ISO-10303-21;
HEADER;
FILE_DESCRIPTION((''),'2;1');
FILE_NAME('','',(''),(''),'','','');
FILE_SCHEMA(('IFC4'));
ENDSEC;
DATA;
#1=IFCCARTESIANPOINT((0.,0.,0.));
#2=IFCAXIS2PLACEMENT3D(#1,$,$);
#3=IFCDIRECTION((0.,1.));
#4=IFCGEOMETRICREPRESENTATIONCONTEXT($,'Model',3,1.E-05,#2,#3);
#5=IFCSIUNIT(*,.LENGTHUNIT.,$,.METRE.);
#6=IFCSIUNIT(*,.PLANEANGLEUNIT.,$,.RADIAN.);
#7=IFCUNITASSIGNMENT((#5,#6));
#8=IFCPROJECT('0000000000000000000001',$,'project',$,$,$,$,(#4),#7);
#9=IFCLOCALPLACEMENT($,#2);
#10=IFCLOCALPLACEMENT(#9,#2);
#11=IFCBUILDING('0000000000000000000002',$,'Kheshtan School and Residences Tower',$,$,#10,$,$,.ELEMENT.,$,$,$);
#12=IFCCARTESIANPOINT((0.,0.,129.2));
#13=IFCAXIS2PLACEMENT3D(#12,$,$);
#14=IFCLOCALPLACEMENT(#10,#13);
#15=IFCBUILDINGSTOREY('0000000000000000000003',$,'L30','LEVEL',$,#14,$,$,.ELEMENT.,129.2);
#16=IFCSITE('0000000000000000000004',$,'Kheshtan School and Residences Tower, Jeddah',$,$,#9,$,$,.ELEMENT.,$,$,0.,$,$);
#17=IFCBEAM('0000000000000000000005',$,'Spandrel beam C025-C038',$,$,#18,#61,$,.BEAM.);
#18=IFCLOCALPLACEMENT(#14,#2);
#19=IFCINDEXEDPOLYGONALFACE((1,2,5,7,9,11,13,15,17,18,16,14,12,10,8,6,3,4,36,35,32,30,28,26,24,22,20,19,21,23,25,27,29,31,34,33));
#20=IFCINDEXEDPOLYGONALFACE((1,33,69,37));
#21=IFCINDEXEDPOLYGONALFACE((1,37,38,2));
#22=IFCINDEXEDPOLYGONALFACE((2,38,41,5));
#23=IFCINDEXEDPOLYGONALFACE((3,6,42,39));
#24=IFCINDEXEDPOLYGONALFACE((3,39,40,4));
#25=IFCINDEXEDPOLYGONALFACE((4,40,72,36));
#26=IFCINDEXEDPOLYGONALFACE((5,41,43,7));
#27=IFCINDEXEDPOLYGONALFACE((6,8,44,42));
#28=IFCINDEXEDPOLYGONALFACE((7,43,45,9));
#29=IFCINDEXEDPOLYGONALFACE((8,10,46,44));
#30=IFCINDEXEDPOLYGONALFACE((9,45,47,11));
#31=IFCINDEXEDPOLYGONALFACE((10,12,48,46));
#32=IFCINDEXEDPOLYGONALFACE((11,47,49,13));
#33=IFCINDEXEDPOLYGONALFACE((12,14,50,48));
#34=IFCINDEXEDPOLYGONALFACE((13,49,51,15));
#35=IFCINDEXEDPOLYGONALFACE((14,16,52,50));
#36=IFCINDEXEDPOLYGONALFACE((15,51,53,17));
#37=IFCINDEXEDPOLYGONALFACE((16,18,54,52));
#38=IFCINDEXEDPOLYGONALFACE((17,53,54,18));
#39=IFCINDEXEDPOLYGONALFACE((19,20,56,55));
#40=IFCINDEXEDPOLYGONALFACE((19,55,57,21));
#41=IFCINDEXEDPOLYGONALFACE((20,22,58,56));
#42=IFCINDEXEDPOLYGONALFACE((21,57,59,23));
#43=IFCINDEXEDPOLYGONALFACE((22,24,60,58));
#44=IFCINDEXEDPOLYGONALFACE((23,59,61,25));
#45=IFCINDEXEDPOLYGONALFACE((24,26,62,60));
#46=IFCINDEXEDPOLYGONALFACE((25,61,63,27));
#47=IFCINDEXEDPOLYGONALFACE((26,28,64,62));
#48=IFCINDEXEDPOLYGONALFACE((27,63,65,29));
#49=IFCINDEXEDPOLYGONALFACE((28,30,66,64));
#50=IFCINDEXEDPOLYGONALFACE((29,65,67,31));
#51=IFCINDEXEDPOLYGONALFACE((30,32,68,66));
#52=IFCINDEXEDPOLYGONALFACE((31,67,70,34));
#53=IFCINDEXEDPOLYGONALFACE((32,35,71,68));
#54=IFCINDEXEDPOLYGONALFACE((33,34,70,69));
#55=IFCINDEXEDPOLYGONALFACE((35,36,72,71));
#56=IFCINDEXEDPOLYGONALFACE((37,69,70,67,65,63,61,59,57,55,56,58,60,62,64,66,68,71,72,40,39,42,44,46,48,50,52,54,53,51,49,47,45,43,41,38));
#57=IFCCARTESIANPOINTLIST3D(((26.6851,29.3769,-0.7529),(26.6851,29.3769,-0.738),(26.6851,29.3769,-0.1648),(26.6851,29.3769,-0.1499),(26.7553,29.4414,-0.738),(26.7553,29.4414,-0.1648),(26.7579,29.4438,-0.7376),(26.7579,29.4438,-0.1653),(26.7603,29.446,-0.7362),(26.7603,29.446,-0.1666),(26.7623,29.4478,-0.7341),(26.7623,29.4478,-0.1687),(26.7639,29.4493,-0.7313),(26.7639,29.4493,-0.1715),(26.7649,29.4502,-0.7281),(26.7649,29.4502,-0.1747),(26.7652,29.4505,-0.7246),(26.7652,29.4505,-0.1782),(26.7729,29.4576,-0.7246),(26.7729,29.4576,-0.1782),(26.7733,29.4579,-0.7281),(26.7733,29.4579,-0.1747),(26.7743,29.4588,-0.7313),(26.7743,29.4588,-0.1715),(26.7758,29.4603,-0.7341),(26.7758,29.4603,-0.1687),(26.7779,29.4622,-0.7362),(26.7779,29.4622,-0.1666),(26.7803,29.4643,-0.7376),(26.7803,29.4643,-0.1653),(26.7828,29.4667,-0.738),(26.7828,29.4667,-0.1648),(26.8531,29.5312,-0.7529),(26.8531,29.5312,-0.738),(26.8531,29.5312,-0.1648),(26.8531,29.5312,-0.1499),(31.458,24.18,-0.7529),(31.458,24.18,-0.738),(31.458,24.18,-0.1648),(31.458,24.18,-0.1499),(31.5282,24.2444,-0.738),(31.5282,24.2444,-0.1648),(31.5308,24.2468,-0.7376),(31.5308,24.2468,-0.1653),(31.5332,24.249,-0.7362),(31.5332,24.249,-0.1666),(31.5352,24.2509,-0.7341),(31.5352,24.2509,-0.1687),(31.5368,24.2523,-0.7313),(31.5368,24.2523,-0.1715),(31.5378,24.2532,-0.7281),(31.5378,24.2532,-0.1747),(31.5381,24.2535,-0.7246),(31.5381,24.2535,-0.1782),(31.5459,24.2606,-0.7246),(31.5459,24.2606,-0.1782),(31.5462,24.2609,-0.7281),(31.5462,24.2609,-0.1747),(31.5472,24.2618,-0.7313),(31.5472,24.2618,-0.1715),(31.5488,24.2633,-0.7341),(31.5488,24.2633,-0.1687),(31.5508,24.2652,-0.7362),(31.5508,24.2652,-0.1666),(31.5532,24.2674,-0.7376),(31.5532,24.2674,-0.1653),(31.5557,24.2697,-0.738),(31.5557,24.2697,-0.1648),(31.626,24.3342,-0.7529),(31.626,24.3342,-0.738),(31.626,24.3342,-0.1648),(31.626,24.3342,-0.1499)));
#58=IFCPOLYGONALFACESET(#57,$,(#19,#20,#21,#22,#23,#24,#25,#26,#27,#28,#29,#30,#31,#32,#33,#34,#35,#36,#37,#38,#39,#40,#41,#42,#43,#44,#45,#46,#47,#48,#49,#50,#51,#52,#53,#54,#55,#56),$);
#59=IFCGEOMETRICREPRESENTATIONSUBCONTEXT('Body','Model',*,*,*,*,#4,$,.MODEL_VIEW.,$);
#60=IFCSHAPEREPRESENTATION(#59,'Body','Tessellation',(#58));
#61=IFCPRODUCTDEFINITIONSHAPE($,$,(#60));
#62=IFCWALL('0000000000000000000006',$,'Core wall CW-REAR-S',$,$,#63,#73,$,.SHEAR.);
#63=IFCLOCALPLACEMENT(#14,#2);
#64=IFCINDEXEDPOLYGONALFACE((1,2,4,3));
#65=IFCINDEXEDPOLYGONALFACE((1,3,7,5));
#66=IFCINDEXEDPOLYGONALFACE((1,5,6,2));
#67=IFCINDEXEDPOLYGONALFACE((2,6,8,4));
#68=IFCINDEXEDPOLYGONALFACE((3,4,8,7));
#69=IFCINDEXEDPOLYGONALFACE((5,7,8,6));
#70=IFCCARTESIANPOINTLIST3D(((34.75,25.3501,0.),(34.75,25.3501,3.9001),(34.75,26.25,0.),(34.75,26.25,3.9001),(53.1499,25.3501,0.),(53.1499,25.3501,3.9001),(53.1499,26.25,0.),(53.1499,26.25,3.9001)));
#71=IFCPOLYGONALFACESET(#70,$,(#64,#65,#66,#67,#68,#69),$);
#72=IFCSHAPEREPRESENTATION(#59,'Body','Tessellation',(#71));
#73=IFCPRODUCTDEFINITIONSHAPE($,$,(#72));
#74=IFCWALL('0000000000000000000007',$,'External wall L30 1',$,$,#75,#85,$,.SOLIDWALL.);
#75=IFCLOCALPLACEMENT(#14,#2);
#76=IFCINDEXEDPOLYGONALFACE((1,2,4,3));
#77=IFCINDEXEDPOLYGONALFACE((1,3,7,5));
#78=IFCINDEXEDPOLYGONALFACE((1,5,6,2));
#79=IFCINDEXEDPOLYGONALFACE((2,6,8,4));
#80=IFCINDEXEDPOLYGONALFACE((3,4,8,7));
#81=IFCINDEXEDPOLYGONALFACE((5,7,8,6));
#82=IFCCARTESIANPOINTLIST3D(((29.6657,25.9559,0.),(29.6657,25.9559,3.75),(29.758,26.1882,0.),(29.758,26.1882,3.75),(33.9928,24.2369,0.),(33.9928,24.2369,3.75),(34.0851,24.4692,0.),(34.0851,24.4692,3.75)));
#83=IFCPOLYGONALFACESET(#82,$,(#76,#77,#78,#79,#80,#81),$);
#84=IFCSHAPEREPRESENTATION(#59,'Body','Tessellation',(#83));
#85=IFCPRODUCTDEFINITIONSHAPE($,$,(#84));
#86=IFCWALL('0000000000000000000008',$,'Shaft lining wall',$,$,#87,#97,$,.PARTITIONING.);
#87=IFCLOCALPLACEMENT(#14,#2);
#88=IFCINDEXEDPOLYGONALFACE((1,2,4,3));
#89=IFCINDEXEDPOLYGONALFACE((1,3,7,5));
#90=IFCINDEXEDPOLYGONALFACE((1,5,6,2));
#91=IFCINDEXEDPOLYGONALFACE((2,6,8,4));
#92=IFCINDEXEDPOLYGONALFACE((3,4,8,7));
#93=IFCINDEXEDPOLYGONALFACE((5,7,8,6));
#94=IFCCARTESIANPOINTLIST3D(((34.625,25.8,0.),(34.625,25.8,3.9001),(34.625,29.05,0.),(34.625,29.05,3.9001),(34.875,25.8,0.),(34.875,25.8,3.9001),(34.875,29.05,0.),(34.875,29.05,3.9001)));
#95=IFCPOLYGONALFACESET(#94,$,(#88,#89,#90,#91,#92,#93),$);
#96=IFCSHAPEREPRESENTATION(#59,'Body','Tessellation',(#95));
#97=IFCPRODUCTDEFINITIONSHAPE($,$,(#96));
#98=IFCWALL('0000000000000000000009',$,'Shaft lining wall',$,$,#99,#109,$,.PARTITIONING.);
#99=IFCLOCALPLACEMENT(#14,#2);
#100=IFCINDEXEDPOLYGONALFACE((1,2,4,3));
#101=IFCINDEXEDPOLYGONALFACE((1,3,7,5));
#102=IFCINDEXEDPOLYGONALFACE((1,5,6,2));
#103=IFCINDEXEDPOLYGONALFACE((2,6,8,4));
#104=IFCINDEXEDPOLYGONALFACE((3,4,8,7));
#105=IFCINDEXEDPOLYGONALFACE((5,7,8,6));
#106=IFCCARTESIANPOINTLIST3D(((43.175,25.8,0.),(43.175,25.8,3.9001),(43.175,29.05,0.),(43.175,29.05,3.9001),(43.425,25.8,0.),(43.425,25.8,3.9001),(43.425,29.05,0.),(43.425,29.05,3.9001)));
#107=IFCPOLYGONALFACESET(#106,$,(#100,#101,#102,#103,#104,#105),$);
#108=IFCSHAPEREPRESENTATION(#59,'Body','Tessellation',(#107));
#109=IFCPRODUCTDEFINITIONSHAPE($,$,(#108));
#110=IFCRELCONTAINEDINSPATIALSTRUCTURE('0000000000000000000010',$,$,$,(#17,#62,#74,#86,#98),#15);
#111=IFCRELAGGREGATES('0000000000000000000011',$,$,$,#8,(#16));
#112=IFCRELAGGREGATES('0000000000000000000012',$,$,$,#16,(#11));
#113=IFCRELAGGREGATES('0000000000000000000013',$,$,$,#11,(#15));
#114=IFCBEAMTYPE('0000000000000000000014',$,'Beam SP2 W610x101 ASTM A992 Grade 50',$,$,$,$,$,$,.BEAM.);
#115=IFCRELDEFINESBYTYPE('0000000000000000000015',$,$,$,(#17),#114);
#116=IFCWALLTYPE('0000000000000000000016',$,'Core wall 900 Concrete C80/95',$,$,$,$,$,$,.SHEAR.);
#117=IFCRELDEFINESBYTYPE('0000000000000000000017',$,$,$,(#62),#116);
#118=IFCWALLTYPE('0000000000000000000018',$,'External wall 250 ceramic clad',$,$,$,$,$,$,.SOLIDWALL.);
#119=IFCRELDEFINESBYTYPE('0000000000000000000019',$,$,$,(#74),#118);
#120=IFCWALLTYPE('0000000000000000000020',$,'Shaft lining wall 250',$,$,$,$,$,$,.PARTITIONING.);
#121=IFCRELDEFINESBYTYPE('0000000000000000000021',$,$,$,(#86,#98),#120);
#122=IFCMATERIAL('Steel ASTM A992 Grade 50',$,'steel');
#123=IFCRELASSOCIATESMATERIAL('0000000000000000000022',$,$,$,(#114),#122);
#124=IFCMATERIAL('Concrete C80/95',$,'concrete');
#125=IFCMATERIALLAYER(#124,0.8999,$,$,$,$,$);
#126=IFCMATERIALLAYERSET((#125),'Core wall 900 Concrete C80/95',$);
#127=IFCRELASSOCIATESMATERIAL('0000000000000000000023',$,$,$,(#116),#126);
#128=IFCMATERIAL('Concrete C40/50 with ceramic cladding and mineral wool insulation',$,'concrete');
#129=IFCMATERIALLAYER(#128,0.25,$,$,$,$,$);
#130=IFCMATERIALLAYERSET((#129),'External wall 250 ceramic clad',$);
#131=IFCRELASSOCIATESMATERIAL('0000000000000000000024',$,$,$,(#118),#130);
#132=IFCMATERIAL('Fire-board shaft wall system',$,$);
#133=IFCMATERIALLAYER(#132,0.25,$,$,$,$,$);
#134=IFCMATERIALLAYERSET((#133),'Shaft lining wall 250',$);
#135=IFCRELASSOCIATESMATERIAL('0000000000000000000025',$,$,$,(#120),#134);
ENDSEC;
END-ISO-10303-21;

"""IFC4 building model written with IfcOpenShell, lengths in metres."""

from ifc_helpers import new_model, si_unit, direction, frame, frame_2d, origin, origin_2d, place, context, subcontext, project, spatial, rectangle, i_section, extrude, material, layer, layer_set, material_profile, profile_set, type_object, element, save


model = new_model("IFC4")

# Units and contexts
model_context = context("Model", 3, precision=1e-05, world=origin(), true_north=direction((0.0, 1.0)))
body_context = subcontext(model_context, "Body", "Model", "MODEL_VIEW")
ifc_project = project(units=[si_unit("LENGTHUNIT", "METRE"), si_unit("PLANEANGLEUNIT", "RADIAN")], contexts=[model_context])

# Site, building, storey
site_placement = place(None, origin())
site = spatial("IfcSite", under=ifc_project, at=site_placement, Name="Kheshtan School and Residences Tower, Jeddah", CompositionType="ELEMENT", RefElevation=0.0)
building_placement = place(site_placement, origin())
building = spatial("IfcBuilding", under=site, at=building_placement, Name="Kheshtan School and Residences Tower", CompositionType="ELEMENT")
storey_placement = place(building_placement, frame((0.0, 0.0, 129.2)))
storey = spatial("IfcBuildingStorey", under=building, at=storey_placement, Name="L30", Description="LEVEL", CompositionType="ELEMENT", Elevation=129.2)

# Shared definitions
ifc_material_1 = material(Name="Steel ASTM A992 Grade 50", Category="steel")

# Beam
ifc_material_profile_1 = material_profile(ifc_material_1, i_section(OverallWidth=0.228, OverallDepth=0.603, WebThickness=0.0105, FlangeThickness=0.0149, FilletRadius=0.0134, at=origin_2d()), Name="W610x101")
ifc_profile_set_1 = profile_set([ifc_material_profile_1], Name="Steel ASTM A992 Grade 50")
beam_type_1 = type_object("IfcBeamType", Name="Beam SP2 W610x101 ASTM A992 Grade 50", PredefinedType="BEAM", material=ifc_profile_set_1)
beam_1_placement = place(storey_placement, frame((31.542, 24.2571, -0.4514), z_axis=(-0.676418, 0.736518, 0.0), x_axis=(-0.736518, -0.676418, 0.0)))
element("IfcBeam", 1, at=beam_1_placement, inside=storey, type_object=beam_type_1, Name="Spandrel beam C025-C038", PredefinedType="BEAM", context=body_context, shape_type="SweptSolid", body=[
    extrude(i_section(OverallWidth=0.228, OverallDepth=0.603, WebThickness=0.0105, FlangeThickness=0.0149, FilletRadius=0.0134, at=origin_2d()), origin(), (0.0, 0.0, 1.0), 7.0562),
])

# Walls
ifc_material_2 = material(Name="Concrete C80/95", Category="concrete")
ifc_layer_1 = layer(ifc_material_2, 0.8999)
ifc_layer_set_1 = layer_set([ifc_layer_1], Name="Core wall 900 Concrete C80/95")
wall_type_1 = type_object("IfcWallType", Name="Core wall 900 Concrete C80/95", PredefinedType="SHEAR", material=ifc_layer_set_1)
wall_1_placement = place(storey_placement, frame((34.75, 25.8, 0.0), z_axis=(0.0, 0.0, 1.0), x_axis=(1.0, 0.0, 0.0)))
element("IfcWall", 2, at=wall_1_placement, inside=storey, type_object=wall_type_1, Name="Core wall CW-REAR-S", PredefinedType="SHEAR", context=body_context, shape_type="SweptSolid", body=[
    extrude(rectangle(XDim=18.3999, YDim=0.8999, at=frame_2d((9.2, 0.0))), origin(), (0.0, 0.0, 1.0), 3.9001),
])
ifc_material_3 = material(Name="Concrete C40/50 with ceramic cladding and mineral wool insulation", Category="concrete")
ifc_layer_2 = layer(ifc_material_3, 0.25)
ifc_layer_set_2 = layer_set([ifc_layer_2], Name="External wall 250 ceramic clad")
wall_type_2 = type_object("IfcWallType", Name="External wall 250 ceramic clad", PredefinedType="SOLIDWALL", material=ifc_layer_set_2)
wall_2_placement = place(storey_placement, frame((34.0391, 24.353, 0.0), z_axis=(0.0, 0.0, 1.0), x_axis=(-0.929353, 0.369193, 0.0)))
element("IfcWall", 3, at=wall_2_placement, inside=storey, type_object=wall_type_2, Name="External wall L30 1", PredefinedType="SOLIDWALL", context=body_context, shape_type="SweptSolid", body=[
    extrude(rectangle(XDim=4.656, YDim=0.25, at=frame_2d((2.3281, 0.0))), origin(), (0.0, 0.0, 1.0), 3.75),
])
ifc_material_4 = material(Name="Fire-board shaft wall system")
ifc_layer_3 = layer(ifc_material_4, 0.25)
ifc_layer_set_3 = layer_set([ifc_layer_3], Name="Shaft lining wall 250")
wall_type_3 = type_object("IfcWallType", Name="Shaft lining wall 250", PredefinedType="PARTITIONING", material=ifc_layer_set_3)
for number, where, z_axis, x_axis, name in (
    (4, (34.75, 25.8, 0.0), (0.0, 0.0, 1.0), (0.0, 1.0, 0.0), "Shaft lining wall"),
    (5, (43.3, 25.8, 0.0), (0.0, 0.0, 1.0), (0.0, 1.0, 0.0), "Shaft lining wall"),
):
    element("IfcWall", number, at=place(storey_placement, frame(where, z_axis=z_axis, x_axis=x_axis)), inside=storey, type_object=wall_type_3, Name=name, PredefinedType="PARTITIONING", context=body_context, shape_type="SweptSolid", body=[
        extrude(rectangle(XDim=3.25, YDim=0.25, at=frame_2d((1.625, 0.0))), origin(), (0.0, 0.0, 1.0), 3.9001),
    ])

save(model, "model.ifc")
